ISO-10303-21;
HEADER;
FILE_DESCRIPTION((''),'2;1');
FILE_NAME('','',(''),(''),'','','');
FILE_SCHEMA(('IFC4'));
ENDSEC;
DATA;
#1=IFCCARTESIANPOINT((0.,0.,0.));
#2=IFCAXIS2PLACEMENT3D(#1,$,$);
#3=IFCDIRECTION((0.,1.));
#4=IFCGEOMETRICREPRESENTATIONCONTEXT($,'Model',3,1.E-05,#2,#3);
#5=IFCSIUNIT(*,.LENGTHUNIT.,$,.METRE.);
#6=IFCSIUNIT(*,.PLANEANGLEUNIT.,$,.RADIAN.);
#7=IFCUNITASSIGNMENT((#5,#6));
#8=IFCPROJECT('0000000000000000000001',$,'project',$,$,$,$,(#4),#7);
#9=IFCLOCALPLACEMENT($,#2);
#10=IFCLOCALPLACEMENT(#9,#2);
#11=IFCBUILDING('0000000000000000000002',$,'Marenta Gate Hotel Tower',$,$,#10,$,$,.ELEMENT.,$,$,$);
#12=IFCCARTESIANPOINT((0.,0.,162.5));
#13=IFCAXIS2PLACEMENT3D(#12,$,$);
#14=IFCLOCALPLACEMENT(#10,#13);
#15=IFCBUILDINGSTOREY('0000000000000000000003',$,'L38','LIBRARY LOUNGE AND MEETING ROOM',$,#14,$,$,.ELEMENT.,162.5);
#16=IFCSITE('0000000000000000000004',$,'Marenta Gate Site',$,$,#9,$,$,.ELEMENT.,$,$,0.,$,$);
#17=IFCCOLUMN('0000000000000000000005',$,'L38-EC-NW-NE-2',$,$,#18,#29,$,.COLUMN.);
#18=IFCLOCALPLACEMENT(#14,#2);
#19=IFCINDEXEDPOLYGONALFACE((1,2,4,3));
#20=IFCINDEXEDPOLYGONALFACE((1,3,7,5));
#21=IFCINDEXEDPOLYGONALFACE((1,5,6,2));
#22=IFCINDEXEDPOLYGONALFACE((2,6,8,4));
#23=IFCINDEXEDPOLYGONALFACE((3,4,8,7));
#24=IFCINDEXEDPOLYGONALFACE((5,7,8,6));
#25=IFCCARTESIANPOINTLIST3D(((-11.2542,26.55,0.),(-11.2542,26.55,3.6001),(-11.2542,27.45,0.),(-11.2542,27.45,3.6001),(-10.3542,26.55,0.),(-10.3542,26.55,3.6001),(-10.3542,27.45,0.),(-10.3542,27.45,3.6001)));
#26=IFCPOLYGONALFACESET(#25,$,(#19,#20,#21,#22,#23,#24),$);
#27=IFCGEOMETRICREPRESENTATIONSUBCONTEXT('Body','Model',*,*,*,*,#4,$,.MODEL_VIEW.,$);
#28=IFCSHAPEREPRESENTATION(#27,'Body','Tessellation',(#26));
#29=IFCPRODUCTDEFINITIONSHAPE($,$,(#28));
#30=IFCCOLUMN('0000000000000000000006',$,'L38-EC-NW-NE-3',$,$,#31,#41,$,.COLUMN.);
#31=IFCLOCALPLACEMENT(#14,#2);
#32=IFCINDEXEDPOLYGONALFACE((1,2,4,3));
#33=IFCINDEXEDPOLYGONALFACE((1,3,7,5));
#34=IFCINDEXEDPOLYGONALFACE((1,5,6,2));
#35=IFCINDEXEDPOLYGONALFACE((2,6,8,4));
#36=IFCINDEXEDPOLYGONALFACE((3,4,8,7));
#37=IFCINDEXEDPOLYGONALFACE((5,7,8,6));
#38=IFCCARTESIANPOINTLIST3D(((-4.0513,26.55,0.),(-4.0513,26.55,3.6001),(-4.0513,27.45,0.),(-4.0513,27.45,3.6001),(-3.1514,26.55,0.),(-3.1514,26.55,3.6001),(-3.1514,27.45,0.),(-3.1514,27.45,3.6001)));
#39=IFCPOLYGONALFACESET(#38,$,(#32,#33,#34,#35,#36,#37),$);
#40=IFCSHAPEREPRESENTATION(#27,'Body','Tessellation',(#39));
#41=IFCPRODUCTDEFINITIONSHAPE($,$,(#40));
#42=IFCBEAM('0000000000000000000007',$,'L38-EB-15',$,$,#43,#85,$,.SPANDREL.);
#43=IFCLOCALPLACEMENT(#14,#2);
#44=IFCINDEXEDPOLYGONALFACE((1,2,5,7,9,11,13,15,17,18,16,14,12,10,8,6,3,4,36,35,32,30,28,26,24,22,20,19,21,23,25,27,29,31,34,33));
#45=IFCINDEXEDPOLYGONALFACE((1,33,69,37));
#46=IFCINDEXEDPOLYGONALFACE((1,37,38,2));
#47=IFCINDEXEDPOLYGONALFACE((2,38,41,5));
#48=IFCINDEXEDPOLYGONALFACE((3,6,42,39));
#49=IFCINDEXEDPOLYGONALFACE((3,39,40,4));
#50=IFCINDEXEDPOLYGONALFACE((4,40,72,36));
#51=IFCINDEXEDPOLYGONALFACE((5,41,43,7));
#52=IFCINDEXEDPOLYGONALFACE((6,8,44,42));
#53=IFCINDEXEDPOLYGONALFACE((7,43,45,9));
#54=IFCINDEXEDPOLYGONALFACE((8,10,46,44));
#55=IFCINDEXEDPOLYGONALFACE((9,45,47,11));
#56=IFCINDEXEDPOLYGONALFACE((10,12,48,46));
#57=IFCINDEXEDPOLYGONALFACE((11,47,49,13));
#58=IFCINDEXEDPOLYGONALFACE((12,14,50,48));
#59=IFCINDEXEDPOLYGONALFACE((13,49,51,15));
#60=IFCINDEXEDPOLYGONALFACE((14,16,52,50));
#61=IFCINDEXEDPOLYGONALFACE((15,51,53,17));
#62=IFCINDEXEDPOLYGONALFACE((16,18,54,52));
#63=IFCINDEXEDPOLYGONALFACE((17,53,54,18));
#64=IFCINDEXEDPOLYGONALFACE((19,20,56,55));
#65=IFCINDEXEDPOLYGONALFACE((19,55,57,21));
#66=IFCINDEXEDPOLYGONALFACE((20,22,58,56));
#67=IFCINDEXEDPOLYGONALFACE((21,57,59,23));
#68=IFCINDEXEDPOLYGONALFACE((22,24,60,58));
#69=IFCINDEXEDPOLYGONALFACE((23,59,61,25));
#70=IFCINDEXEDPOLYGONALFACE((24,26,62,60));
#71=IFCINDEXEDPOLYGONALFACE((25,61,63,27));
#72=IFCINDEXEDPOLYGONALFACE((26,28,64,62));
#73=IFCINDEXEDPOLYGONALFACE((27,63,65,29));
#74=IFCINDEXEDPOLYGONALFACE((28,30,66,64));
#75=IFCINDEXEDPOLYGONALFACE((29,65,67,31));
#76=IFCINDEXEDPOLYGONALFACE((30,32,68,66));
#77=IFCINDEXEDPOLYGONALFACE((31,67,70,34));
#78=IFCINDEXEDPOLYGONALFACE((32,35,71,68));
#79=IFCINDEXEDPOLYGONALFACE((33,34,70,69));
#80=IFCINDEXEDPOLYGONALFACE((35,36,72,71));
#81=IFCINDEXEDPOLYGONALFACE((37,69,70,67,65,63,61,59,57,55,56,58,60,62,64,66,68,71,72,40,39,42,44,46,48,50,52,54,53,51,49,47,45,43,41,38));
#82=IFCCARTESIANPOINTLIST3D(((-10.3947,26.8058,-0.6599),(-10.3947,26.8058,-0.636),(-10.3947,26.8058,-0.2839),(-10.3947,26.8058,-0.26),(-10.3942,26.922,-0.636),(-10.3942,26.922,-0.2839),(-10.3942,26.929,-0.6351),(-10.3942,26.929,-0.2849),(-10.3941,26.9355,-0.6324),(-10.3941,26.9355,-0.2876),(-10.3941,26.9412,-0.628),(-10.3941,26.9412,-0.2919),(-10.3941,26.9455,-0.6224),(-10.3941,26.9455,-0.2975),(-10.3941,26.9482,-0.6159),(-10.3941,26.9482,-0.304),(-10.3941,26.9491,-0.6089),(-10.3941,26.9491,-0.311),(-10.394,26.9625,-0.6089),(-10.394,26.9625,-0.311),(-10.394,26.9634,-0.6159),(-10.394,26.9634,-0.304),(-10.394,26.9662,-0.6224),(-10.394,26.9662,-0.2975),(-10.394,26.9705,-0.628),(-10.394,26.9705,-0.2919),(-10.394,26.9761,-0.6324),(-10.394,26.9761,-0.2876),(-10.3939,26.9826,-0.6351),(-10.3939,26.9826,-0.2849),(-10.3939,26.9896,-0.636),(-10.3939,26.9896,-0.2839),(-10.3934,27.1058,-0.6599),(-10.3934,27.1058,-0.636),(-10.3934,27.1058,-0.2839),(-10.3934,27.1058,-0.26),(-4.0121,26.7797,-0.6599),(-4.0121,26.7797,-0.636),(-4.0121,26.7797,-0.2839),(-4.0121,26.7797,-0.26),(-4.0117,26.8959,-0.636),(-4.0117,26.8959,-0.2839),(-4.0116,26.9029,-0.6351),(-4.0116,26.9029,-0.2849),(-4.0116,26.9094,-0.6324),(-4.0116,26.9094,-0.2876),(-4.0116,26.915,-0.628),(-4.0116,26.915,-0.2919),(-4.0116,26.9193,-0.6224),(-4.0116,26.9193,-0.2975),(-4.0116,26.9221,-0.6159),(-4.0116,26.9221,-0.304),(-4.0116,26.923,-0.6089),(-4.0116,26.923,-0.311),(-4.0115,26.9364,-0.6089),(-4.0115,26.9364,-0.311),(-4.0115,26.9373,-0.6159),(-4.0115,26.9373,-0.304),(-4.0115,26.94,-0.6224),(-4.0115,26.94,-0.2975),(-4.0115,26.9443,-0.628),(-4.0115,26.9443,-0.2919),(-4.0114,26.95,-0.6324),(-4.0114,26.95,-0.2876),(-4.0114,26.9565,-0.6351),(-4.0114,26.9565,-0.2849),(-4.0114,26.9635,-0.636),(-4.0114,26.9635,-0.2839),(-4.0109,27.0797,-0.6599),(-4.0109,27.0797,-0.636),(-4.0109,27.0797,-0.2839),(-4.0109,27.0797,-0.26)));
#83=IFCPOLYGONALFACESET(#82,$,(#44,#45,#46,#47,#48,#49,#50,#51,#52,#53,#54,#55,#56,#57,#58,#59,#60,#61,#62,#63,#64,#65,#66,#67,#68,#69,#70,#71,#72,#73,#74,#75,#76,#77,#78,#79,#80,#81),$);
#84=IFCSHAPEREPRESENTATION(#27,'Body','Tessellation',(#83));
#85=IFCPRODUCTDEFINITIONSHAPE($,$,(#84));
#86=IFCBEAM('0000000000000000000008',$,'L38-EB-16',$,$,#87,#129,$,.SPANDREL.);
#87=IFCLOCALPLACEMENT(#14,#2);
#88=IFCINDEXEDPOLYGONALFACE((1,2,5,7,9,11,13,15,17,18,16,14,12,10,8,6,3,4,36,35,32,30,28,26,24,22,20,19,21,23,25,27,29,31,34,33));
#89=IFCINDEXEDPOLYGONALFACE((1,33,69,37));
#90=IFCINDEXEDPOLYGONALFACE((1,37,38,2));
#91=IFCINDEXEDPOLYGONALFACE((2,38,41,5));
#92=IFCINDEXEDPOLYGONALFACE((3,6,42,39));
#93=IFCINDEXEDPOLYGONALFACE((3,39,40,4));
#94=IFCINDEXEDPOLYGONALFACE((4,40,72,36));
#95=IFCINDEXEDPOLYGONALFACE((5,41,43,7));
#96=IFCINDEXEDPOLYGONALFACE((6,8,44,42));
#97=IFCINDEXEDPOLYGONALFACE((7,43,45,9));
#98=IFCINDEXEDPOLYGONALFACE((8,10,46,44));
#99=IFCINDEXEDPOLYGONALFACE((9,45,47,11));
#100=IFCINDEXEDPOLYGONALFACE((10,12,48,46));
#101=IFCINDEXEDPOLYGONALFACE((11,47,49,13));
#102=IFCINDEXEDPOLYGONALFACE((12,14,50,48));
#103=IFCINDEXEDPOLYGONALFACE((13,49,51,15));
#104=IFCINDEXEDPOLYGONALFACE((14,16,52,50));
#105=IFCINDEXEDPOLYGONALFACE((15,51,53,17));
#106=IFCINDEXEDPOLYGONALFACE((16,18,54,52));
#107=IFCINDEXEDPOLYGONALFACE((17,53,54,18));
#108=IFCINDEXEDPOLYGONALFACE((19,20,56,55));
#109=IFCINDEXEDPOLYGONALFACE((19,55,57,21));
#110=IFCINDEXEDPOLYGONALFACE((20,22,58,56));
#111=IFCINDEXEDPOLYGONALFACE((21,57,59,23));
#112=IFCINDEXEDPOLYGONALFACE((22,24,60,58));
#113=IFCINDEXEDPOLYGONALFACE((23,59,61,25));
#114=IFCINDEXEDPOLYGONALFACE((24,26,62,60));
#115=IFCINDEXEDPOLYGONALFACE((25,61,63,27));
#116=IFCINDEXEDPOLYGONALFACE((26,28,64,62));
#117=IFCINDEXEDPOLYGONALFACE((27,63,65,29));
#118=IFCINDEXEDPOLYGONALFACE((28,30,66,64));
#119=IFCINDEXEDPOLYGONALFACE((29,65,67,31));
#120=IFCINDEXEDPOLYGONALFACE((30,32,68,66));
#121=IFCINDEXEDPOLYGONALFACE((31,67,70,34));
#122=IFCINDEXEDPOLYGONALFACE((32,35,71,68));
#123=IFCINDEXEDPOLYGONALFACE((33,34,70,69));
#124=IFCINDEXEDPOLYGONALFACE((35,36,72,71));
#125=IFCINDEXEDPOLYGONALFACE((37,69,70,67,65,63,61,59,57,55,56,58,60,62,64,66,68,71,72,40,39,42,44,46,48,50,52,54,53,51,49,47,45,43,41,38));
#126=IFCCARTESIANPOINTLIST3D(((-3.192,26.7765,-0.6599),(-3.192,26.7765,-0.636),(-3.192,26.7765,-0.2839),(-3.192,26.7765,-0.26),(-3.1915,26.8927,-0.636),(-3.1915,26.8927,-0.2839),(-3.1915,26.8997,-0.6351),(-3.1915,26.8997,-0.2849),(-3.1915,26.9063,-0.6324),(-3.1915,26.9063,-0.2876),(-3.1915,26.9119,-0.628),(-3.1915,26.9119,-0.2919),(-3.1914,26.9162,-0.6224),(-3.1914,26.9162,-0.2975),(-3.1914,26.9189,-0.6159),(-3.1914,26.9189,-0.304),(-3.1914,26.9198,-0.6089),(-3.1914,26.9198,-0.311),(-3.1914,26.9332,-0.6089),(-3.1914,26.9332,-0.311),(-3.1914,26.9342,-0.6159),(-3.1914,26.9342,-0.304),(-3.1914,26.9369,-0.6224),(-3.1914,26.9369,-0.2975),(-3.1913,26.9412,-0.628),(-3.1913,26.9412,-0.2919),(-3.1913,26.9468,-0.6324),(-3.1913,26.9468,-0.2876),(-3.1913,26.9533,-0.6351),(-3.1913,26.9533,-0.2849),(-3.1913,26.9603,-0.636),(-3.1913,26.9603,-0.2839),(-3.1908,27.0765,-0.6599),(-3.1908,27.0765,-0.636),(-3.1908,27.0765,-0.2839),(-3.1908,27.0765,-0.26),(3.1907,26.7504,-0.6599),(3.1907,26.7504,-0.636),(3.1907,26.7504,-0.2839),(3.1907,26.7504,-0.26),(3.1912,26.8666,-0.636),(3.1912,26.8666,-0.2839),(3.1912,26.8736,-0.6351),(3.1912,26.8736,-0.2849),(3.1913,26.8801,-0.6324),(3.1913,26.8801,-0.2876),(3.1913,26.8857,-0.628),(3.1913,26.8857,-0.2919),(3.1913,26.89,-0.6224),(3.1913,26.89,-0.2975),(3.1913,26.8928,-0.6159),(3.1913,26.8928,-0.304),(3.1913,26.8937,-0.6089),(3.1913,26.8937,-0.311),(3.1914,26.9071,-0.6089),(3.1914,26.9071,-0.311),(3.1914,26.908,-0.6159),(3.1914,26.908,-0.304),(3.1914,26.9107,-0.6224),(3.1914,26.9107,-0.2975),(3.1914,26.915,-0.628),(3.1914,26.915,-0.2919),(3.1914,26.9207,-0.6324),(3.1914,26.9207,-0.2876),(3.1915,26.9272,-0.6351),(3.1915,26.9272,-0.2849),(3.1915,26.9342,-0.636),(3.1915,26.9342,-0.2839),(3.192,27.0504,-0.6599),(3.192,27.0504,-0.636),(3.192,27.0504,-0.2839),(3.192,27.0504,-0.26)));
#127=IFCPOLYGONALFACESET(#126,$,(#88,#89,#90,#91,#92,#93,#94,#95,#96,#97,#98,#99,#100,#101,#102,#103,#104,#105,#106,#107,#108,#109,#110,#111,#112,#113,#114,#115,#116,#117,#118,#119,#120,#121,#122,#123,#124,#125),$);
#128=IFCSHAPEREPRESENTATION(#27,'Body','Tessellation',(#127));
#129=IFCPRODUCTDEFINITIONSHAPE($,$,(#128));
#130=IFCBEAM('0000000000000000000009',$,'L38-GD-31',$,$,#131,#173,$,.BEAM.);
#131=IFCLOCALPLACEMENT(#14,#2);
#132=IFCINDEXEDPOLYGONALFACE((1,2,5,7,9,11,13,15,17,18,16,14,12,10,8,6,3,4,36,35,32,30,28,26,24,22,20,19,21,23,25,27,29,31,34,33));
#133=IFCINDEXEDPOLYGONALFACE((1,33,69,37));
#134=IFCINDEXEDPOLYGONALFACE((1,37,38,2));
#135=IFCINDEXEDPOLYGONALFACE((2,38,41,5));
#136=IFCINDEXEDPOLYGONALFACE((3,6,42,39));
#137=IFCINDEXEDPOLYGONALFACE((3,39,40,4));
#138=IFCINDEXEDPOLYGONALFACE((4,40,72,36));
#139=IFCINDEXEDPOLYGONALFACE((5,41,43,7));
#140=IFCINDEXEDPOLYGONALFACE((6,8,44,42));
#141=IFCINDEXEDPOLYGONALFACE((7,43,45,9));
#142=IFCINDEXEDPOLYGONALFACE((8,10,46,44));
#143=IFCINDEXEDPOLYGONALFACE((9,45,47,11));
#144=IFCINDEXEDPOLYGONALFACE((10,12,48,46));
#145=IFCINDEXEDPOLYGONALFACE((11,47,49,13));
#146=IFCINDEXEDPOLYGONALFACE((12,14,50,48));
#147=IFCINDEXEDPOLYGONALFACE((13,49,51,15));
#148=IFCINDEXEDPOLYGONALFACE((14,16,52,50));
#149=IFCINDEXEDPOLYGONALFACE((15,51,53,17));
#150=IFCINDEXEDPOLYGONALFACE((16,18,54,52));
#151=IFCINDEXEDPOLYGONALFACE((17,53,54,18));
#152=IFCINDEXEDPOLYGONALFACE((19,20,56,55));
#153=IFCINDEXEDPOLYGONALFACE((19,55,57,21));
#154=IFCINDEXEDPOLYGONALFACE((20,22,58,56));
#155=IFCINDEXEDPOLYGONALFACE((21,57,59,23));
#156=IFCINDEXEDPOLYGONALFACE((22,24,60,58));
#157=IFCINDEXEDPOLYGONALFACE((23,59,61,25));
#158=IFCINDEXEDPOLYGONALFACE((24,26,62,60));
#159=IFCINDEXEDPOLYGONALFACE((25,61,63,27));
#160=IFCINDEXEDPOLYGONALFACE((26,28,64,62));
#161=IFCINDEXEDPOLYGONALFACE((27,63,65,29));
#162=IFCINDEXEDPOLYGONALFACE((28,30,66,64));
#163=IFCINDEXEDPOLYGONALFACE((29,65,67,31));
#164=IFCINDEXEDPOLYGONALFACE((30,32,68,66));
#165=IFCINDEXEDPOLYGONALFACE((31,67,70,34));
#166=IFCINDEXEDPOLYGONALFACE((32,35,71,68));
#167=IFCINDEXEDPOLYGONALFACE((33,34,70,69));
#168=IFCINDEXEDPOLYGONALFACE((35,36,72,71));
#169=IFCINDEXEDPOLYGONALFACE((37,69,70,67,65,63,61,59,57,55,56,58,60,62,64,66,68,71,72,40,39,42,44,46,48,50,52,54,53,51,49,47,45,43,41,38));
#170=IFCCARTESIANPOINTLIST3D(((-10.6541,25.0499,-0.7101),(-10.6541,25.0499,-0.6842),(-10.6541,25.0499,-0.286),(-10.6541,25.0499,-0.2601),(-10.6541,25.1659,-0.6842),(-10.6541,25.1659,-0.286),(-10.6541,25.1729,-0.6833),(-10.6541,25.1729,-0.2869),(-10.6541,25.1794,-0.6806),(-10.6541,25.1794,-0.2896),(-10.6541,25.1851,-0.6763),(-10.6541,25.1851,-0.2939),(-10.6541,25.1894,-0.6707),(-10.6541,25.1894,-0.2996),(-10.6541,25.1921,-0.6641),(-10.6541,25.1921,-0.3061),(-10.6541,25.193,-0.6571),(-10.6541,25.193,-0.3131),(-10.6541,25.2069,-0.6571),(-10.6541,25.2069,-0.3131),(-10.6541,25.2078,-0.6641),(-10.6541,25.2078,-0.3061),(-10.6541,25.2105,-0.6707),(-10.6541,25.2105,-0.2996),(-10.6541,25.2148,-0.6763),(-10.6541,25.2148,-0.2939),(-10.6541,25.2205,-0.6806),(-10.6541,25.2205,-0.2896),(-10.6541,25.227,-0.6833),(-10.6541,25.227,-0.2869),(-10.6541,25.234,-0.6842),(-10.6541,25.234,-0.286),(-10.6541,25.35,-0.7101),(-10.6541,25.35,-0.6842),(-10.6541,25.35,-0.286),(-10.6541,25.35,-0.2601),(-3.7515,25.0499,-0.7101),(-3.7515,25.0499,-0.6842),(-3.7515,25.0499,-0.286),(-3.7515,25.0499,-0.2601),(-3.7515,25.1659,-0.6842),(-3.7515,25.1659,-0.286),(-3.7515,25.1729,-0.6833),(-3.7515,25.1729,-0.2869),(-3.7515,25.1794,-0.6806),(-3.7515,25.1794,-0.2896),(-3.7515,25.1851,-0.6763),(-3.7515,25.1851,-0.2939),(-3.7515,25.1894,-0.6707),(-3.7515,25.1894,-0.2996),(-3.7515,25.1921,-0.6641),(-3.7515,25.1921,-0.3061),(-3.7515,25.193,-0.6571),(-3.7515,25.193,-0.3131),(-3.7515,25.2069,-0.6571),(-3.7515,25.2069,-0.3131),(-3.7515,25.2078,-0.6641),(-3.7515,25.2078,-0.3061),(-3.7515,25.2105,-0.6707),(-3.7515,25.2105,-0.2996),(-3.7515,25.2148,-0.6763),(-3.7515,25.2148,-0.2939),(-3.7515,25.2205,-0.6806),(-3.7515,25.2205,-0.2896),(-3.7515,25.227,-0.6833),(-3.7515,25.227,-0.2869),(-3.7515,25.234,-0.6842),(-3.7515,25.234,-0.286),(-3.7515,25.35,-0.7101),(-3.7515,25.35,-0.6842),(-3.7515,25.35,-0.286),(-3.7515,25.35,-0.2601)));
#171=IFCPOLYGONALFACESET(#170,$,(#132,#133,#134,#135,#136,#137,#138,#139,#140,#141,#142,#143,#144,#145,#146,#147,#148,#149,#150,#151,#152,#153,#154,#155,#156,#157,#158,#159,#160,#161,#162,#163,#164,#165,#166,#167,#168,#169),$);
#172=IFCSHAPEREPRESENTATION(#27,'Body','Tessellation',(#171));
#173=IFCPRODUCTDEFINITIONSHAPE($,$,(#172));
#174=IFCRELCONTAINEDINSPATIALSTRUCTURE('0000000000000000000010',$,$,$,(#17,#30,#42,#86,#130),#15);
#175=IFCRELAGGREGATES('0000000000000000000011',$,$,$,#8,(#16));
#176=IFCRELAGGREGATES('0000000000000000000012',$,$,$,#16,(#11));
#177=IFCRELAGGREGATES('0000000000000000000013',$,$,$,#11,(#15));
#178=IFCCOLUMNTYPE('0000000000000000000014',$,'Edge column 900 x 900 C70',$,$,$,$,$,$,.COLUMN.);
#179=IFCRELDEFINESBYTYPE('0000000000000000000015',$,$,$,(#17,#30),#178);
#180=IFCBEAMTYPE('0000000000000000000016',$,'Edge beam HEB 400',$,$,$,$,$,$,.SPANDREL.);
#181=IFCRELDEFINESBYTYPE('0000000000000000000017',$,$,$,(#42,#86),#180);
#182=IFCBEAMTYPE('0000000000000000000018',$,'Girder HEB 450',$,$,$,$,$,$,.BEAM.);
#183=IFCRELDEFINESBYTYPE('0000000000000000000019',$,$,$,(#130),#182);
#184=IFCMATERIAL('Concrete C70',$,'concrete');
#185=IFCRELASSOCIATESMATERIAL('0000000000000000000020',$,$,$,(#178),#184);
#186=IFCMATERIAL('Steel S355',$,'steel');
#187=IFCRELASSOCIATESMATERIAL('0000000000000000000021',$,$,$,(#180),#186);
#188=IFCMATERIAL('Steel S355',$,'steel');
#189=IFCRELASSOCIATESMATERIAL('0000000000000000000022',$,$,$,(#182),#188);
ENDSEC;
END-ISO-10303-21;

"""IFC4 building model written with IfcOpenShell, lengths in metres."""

from ifc_helpers import new_model, si_unit, direction, frame, origin, origin_2d, place, context, subcontext, project, spatial, rectangle, i_section, extrude, material, material_profile, profile_set, type_object, element, save


model = new_model("IFC4")

# Units and contexts
model_context = context("Model", 3, precision=1e-05, world=origin(), true_north=direction((0.0, 1.0)))
body_context = subcontext(model_context, "Body", "Model", "MODEL_VIEW")
ifc_project = project(units=[si_unit("LENGTHUNIT", "METRE"), si_unit("PLANEANGLEUNIT", "RADIAN")], contexts=[model_context])

# Site, building, storey
site_placement = place(None, origin())
site = spatial("IfcSite", under=ifc_project, at=site_placement, Name="Marenta Gate Site", CompositionType="ELEMENT", RefElevation=0.0)
building_placement = place(site_placement, origin())
building = spatial("IfcBuilding", under=site, at=building_placement, Name="Marenta Gate Hotel Tower", CompositionType="ELEMENT")
storey_placement = place(building_placement, frame((0.0, 0.0, 162.5)))
storey = spatial("IfcBuildingStorey", under=building, at=storey_placement, Name="L38", Description="LIBRARY LOUNGE AND MEETING ROOM", CompositionType="ELEMENT", Elevation=162.5)

# Columns
ifc_material_1 = material(Name="Concrete C70", Category="concrete")
ifc_material_profile_1 = material_profile(ifc_material_1, rectangle(XDim=0.8999, YDim=0.8999, at=origin_2d()), Name="900 x 900")
ifc_profile_set_1 = profile_set([ifc_material_profile_1], Name="Concrete C70")
column_type = type_object("IfcColumnType", Name="Edge column 900 x 900 C70", PredefinedType="COLUMN", material=ifc_profile_set_1)
for number, where, z_axis, x_axis, name in (
    (1, (-10.8042, 27.0, 0.0), (0.0, 0.0, 1.0), (1.0, 0.0, 0.0), "L38-EC-NW-NE-2"),
    (2, (-3.6013, 27.0, 0.0), (0.0, 0.0, 1.0), (1.0, 0.0, 0.0), "L38-EC-NW-NE-3"),
):
    element("IfcColumn", number, at=place(storey_placement, frame(where, z_axis=z_axis, x_axis=x_axis)), inside=storey, type_object=column_type, Name=name, PredefinedType="COLUMN", context=body_context, shape_type="SweptSolid", body=[
        extrude(rectangle(XDim=0.8999, YDim=0.8999, at=origin_2d()), origin(), (0.0, 0.0, 1.0), 3.6001),
    ])

# Beams
ifc_material_2 = material(Name="Steel S355", Category="steel")
ifc_material_profile_2 = material_profile(ifc_material_2, i_section(OverallWidth=0.3, OverallDepth=0.3999, WebThickness=0.0134, FlangeThickness=0.0239, FilletRadius=0.0271, at=origin_2d()), Name="HEB 400")
ifc_profile_set_2 = profile_set([ifc_material_profile_2], Name="Steel S355")
beam_type_1 = type_object("IfcBeamType", Name="Edge beam HEB 400", PredefinedType="SPANDREL", material=ifc_profile_set_2)
beam_1_placement = place(storey_placement, frame((-10.394, 26.9558, -0.46), z_axis=(0.999992, -0.004093, 0.0), x_axis=(0.004093, 0.999992, 0.0)))
element("IfcBeam", 3, at=beam_1_placement, inside=storey, type_object=beam_type_1, Name="L38-EB-15", PredefinedType="SPANDREL", context=body_context, shape_type="SweptSolid", body=[
    extrude(i_section(OverallWidth=0.3, OverallDepth=0.3999, WebThickness=0.0134, FlangeThickness=0.0239, FilletRadius=0.0271, at=origin_2d()), origin(), (0.0, 0.0, 1.0), 6.3826),
])
beam_2_placement = place(storey_placement, frame((-3.1914, 26.9265, -0.46), z_axis=(0.999992, -0.004093, 0.0), x_axis=(0.004093, 0.999992, 0.0)))
element("IfcBeam", 4, at=beam_2_placement, inside=storey, type_object=beam_type_1, Name="L38-EB-16", PredefinedType="SPANDREL", context=body_context, shape_type="SweptSolid", body=[
    extrude(i_section(OverallWidth=0.3, OverallDepth=0.3999, WebThickness=0.0134, FlangeThickness=0.0239, FilletRadius=0.0271, at=origin_2d()), origin(), (0.0, 0.0, 1.0), 6.3828),
])
ifc_material_3 = material(Name="Steel S355", Category="steel")
ifc_material_profile_3 = material_profile(ifc_material_3, i_section(OverallWidth=0.3, OverallDepth=0.45, WebThickness=0.0139, FlangeThickness=0.0259, FilletRadius=0.0271, at=origin_2d()), Name="HEB 450")
ifc_profile_set_3 = profile_set([ifc_material_profile_3], Name="Steel S355")
beam_type_2 = type_object("IfcBeamType", Name="Girder HEB 450", PredefinedType="BEAM", material=ifc_profile_set_3)
beam_3_placement = place(storey_placement, frame((-10.6541, 25.2, -0.4851), z_axis=(1.0, 0.0, 0.0), x_axis=(0.0, 1.0, 0.0)))
element("IfcBeam", 5, at=beam_3_placement, inside=storey, type_object=beam_type_2, Name="L38-GD-31", PredefinedType="BEAM", context=body_context, shape_type="SweptSolid", body=[
    extrude(i_section(OverallWidth=0.3, OverallDepth=0.45, WebThickness=0.0139, FlangeThickness=0.0259, FilletRadius=0.0271, at=origin_2d()), origin(), (0.0, 0.0, 1.0), 6.9026),
])

save(model, "model.ifc")
